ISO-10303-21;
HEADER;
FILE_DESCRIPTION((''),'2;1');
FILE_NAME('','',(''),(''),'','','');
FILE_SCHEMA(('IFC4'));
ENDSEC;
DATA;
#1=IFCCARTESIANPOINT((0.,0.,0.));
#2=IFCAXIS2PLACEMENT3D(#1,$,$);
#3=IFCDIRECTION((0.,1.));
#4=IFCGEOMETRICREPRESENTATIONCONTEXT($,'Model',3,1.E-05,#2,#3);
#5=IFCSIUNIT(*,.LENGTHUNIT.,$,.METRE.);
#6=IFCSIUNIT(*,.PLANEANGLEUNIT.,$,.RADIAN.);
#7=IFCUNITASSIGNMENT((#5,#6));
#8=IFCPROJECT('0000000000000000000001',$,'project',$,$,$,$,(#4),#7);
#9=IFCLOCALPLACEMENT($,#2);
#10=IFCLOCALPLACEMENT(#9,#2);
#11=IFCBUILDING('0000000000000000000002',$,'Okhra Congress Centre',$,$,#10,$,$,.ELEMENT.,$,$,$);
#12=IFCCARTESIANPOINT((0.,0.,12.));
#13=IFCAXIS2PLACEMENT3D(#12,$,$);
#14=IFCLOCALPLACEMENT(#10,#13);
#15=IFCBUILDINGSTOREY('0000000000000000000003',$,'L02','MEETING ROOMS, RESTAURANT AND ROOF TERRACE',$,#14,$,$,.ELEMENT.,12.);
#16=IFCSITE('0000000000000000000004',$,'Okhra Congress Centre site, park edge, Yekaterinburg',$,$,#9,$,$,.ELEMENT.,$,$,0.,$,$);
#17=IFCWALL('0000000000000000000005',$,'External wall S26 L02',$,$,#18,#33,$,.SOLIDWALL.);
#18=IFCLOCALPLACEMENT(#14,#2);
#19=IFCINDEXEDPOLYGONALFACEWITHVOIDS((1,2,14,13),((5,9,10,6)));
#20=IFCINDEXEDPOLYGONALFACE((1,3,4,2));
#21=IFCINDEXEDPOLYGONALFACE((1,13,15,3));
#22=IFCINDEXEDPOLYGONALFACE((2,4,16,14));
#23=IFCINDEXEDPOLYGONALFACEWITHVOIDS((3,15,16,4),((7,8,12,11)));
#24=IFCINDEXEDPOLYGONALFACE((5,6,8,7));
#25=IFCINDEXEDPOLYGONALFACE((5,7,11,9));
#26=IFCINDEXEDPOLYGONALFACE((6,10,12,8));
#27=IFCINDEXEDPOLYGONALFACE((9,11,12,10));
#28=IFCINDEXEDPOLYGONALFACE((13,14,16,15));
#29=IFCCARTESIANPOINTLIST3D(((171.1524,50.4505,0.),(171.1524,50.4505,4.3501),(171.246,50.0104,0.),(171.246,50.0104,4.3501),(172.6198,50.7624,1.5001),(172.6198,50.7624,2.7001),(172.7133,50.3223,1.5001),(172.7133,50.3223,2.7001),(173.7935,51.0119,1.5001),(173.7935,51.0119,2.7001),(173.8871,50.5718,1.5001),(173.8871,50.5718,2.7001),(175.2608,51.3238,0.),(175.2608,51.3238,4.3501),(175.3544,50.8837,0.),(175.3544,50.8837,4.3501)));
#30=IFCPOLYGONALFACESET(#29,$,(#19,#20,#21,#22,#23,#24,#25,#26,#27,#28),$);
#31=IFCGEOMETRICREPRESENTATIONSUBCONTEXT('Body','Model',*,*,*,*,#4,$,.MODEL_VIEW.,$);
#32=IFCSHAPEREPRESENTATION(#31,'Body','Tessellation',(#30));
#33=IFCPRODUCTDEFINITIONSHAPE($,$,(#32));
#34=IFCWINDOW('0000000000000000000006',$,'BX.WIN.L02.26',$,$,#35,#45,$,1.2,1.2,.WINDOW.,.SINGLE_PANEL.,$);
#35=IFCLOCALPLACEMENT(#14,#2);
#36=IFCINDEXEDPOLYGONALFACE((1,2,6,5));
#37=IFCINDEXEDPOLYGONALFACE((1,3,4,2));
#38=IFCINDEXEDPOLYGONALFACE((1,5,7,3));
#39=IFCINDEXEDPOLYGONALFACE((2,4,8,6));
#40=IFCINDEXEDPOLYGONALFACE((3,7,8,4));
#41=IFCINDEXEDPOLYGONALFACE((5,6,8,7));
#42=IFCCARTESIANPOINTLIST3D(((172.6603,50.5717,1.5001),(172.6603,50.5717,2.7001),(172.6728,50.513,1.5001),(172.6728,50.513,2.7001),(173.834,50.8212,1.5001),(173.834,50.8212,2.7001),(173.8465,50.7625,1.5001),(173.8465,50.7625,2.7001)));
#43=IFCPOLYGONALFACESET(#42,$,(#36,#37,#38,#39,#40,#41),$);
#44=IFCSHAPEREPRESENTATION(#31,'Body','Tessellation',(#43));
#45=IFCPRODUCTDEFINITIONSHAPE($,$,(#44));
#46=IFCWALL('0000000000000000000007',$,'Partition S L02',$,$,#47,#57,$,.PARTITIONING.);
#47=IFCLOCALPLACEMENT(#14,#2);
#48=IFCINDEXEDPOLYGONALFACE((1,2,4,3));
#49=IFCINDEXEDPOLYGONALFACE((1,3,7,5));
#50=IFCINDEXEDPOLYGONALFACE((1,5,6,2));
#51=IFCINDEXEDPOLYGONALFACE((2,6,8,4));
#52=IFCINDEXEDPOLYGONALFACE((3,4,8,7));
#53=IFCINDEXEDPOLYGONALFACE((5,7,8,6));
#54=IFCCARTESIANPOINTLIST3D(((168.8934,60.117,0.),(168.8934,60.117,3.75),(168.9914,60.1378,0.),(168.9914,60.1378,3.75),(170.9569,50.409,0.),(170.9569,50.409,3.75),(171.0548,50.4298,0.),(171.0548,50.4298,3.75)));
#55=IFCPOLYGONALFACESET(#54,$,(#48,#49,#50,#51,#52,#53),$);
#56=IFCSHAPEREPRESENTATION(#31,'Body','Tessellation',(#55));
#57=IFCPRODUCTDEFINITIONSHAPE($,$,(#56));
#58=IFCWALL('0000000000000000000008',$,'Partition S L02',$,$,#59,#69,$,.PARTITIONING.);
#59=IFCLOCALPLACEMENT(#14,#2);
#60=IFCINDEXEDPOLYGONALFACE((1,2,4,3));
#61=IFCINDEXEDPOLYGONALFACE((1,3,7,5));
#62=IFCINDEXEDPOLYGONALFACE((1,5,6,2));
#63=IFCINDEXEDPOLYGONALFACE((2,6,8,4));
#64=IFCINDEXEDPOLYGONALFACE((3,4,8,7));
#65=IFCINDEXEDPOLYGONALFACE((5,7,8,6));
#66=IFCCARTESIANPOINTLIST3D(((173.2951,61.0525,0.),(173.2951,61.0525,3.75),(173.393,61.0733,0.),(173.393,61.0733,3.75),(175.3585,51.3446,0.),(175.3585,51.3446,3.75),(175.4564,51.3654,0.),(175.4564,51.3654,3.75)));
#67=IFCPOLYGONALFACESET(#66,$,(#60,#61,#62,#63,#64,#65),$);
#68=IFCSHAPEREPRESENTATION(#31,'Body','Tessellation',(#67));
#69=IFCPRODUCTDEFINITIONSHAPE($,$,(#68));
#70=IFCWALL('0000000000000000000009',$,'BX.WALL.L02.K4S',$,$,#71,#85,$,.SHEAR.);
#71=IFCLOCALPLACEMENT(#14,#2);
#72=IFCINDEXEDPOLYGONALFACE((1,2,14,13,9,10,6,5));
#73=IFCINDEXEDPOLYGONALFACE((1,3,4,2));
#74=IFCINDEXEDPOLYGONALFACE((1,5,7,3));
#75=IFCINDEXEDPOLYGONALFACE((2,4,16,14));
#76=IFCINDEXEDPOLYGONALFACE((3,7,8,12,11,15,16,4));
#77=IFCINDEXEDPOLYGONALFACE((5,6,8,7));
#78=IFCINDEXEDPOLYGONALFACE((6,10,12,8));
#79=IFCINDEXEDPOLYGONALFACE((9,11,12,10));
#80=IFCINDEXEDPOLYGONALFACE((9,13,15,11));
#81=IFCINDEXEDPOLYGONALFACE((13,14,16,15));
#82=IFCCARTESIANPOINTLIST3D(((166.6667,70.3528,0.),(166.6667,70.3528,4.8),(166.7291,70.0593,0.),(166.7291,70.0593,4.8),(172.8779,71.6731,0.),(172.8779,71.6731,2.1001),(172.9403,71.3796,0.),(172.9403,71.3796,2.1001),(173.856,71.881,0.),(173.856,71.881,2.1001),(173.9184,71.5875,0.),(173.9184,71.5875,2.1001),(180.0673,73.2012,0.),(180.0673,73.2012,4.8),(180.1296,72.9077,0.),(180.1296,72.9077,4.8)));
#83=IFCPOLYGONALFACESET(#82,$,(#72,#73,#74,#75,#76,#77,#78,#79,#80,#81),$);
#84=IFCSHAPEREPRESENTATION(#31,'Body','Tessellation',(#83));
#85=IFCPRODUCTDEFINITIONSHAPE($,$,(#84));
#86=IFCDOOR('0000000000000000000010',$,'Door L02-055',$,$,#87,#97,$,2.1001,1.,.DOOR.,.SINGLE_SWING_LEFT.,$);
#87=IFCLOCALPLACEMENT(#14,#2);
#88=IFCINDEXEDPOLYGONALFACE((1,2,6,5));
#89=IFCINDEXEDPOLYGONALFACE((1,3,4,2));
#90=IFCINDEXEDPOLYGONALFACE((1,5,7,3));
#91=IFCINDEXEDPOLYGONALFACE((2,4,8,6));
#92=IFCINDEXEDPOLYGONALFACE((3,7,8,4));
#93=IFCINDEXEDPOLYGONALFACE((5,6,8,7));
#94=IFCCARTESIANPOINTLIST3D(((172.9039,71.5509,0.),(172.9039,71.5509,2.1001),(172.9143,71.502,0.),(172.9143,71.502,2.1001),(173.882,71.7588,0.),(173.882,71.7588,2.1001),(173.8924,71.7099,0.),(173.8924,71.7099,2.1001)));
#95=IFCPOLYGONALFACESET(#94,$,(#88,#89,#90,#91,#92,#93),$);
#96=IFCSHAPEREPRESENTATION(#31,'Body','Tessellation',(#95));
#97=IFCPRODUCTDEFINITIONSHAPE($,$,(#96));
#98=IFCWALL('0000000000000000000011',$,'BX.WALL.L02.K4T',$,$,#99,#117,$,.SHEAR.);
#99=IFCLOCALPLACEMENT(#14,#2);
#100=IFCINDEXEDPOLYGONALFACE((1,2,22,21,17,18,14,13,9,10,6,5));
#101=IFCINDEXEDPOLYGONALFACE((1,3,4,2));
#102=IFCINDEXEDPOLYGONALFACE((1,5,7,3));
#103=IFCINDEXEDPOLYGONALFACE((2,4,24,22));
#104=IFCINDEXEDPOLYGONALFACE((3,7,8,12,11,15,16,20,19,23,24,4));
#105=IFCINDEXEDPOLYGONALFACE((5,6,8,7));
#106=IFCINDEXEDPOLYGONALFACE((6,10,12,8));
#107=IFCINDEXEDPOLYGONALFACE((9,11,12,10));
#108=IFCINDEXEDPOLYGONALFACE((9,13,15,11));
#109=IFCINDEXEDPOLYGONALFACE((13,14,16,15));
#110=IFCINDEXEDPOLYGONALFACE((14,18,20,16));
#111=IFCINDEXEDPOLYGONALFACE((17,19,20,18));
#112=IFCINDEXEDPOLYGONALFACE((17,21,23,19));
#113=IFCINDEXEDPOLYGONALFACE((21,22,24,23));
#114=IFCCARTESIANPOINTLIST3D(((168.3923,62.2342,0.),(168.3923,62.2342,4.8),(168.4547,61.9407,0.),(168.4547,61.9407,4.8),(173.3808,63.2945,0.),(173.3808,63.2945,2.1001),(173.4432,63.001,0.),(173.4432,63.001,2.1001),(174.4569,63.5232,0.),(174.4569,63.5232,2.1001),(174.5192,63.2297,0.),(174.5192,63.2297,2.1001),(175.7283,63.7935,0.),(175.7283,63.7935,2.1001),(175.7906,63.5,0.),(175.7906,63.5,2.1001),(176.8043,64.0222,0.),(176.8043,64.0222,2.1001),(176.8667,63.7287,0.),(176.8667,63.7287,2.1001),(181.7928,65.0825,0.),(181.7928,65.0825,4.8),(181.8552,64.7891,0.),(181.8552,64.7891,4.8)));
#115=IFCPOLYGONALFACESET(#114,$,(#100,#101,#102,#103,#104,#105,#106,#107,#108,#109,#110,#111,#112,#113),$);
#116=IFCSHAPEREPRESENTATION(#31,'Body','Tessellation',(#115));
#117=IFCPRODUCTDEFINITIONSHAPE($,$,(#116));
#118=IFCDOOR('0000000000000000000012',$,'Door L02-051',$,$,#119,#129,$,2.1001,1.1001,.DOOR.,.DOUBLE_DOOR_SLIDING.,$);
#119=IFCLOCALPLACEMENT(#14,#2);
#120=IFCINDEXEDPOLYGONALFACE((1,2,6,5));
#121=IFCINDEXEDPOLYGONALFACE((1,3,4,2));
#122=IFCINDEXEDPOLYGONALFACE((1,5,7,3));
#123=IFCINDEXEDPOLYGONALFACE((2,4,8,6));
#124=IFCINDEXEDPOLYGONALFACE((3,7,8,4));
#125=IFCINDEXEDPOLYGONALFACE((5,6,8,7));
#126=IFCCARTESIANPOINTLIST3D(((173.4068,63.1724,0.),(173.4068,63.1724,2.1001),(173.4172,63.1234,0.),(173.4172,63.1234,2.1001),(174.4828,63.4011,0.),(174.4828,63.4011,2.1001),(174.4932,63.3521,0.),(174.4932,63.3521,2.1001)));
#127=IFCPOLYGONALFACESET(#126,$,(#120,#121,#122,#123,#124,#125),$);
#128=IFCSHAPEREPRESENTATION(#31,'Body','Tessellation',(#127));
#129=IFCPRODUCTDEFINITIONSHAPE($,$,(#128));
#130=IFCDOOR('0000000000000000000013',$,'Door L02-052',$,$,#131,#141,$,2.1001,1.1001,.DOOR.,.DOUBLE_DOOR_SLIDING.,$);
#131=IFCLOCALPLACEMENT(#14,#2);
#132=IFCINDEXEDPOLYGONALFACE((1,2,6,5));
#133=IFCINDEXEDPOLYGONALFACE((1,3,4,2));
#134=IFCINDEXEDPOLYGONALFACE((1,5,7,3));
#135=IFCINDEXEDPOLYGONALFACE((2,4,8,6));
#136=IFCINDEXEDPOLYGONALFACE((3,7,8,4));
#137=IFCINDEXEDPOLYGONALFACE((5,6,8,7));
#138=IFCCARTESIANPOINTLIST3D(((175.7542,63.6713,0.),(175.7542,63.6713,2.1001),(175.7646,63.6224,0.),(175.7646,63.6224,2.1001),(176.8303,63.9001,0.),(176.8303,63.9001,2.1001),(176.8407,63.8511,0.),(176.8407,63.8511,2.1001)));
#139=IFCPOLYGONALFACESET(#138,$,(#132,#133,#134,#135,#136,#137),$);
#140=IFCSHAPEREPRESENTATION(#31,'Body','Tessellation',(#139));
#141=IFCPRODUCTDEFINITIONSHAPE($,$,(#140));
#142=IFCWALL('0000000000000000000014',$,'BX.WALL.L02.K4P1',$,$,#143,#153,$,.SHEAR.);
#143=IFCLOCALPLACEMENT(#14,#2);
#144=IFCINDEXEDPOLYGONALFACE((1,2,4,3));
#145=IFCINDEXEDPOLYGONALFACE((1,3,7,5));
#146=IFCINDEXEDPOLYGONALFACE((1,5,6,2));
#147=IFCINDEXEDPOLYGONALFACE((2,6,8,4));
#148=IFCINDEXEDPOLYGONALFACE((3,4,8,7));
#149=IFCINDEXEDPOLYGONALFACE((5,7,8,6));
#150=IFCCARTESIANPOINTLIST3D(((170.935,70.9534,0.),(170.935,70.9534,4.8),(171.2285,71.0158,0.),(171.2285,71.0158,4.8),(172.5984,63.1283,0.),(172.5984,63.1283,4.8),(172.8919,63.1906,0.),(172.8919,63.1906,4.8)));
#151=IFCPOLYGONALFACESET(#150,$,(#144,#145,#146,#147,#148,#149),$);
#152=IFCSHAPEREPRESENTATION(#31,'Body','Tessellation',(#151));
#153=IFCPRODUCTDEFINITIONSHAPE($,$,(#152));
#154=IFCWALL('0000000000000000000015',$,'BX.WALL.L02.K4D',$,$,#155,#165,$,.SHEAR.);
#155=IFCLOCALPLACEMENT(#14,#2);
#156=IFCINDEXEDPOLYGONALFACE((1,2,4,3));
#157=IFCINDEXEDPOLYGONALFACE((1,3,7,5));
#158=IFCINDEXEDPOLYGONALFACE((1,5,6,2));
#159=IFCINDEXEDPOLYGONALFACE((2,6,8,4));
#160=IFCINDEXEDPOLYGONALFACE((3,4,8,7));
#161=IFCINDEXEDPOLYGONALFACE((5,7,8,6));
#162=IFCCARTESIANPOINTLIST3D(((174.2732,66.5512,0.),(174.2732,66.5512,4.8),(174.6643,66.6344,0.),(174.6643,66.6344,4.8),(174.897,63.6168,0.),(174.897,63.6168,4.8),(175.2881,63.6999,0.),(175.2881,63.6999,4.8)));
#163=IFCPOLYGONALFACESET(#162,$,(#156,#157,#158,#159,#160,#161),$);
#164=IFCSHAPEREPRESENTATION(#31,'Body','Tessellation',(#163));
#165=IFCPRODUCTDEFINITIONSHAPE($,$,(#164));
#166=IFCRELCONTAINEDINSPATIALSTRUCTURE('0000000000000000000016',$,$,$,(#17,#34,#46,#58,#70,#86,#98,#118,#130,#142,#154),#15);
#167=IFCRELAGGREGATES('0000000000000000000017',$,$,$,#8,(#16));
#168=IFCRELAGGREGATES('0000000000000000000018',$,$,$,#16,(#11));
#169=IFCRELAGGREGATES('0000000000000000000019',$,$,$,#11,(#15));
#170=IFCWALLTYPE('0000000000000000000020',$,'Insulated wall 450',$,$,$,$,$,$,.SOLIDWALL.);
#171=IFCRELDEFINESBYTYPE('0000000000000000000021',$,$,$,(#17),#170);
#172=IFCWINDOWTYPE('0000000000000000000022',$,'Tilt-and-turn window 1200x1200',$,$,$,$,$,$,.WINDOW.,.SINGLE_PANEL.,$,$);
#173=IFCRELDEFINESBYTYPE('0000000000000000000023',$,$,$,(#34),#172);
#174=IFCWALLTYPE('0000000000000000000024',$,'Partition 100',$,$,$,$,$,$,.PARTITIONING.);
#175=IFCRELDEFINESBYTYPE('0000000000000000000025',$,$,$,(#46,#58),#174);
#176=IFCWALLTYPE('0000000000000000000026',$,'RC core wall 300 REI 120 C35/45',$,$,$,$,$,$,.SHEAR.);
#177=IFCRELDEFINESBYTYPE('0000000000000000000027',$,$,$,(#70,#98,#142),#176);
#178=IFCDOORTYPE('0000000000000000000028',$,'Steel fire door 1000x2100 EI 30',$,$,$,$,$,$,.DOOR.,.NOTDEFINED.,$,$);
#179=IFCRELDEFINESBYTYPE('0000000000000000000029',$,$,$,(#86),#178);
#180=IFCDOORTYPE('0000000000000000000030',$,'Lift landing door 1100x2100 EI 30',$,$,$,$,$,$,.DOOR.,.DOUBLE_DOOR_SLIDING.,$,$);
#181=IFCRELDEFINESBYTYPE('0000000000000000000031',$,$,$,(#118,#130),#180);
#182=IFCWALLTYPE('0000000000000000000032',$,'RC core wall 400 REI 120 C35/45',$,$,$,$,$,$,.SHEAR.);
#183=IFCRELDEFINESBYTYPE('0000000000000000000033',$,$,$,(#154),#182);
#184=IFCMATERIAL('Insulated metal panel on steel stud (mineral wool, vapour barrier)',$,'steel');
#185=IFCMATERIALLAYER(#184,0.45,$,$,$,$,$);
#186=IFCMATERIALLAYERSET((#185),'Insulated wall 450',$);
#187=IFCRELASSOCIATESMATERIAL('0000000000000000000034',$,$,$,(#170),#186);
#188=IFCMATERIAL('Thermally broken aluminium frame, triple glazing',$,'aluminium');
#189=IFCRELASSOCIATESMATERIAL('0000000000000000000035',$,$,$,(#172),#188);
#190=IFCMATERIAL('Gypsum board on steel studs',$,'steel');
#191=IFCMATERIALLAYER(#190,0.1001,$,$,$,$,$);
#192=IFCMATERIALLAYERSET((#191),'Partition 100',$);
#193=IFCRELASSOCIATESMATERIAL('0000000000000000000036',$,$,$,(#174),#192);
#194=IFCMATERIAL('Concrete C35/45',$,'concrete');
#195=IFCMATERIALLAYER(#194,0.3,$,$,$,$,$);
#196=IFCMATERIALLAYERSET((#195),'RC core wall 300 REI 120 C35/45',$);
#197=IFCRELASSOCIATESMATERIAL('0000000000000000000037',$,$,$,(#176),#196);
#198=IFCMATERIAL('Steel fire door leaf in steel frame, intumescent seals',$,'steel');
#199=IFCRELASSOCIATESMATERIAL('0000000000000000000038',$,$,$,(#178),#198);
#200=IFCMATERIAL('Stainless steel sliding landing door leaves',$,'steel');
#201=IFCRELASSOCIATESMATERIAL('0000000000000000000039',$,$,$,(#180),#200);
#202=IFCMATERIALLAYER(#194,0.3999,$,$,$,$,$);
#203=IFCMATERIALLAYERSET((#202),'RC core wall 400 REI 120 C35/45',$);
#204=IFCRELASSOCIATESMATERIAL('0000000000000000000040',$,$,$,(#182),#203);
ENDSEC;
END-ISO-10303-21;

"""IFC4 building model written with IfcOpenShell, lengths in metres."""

from ifc_helpers import new_model, si_unit, direction, frame, frame_2d, origin, place, context, subcontext, project, spatial, rectangle, extrude, material, layer, layer_set, type_object, element, fill, save


model = new_model("IFC4")

# Units and contexts
model_context = context("Model", 3, precision=1e-05, world=origin(), true_north=direction((0.0, 1.0)))
body_context = subcontext(model_context, "Body", "Model", "MODEL_VIEW")
ifc_project = project(units=[si_unit("LENGTHUNIT", "METRE"), si_unit("PLANEANGLEUNIT", "RADIAN")], contexts=[model_context])

# Site, building, storey
site_placement = place(None, origin())
site = spatial("IfcSite", under=ifc_project, at=site_placement, Name="Okhra Congress Centre site, park edge, Yekaterinburg", CompositionType="ELEMENT", RefElevation=0.0)
building_placement = place(site_placement, origin())
building = spatial("IfcBuilding", under=site, at=building_placement, Name="Okhra Congress Centre", CompositionType="ELEMENT")
storey_placement = place(building_placement, frame((0.0, 0.0, 12.0)))
storey = spatial("IfcBuildingStorey", under=building, at=storey_placement, Name="L02", Description="MEETING ROOMS, RESTAURANT AND ROOF TERRACE", CompositionType="ELEMENT", Elevation=12.0)

# Wall, opening, window
ifc_material_1 = material(Name="Insulated metal panel on steel stud (mineral wool, vapour barrier)", Category="steel")
ifc_layer_1 = layer(ifc_material_1, 0.45)
ifc_layer_set_1 = layer_set([ifc_layer_1], Name="Insulated wall 450")
wall_type_1 = type_object("IfcWallType", Name="Insulated wall 450", PredefinedType="SOLIDWALL", material=ifc_layer_set_1)
wall_1_placement = place(storey_placement, frame((171.1992, 50.2305, 0.0), z_axis=(0.0, 0.0, 1.0), x_axis=(0.978146, 0.207917, 0.0)))
wall_1 = element("IfcWall", 1, at=wall_1_placement, inside=storey, type_object=wall_type_1, Name="External wall S26 L02", PredefinedType="SOLIDWALL", context=body_context, shape_type="SweptSolid", body=[
    extrude(rectangle(XDim=4.2002, YDim=0.45, at=frame_2d((2.1001, 0.0))), origin(), (0.0, 0.0, 1.0), 4.3501),
])
opening_1_placement = place(wall_1_placement, frame((1.5, 0.0, 1.5)))
opening_1 = element("IfcOpeningElement", 2, at=opening_1_placement, cuts=wall_1, PredefinedType="OPENING", context=body_context, shape_type="SweptSolid", body=[
    extrude(rectangle(XDim=1.2, YDim=1.2, at=frame_2d((0.6001, 0.6001))), frame((0.0, 0.2349, 0.0), z_axis=(0.0, -1.0, 0.0), x_axis=(1.0, 0.0, 0.0)), (0.0, 0.0, 1.0), 0.47),
])
ifc_material_2 = material(Name="Thermally broken aluminium frame, triple glazing", Category="aluminium")
window_type = type_object("IfcWindowType", Name="Tilt-and-turn window 1200x1200", PartitioningType="SINGLE_PANEL", PredefinedType="WINDOW", material=ifc_material_2)
window_placement = place(opening_1_placement, origin())
window = element("IfcWindow", 3, at=window_placement, inside=storey, type_object=window_type, Name="BX.WIN.L02.26", OverallHeight=1.2, OverallWidth=1.2, PartitioningType="SINGLE_PANEL", PredefinedType="WINDOW", context=body_context, shape_type="SweptSolid", body=[
    extrude(rectangle(XDim=1.2, YDim=1.2, at=frame_2d((0.6001, 0.6001))), frame((0.0, 0.03, 0.0), z_axis=(0.0, -1.0, 0.0), x_axis=(1.0, 0.0, 0.0)), (0.0, 0.0, 1.0), 0.0601),
])
fill(opening_1, window)

# Walls
ifc_material_3 = material(Name="Gypsum board on steel studs", Category="steel")
ifc_layer_2 = layer(ifc_material_3, 0.1001)
ifc_layer_set_2 = layer_set([ifc_layer_2], Name="Partition 100")
wall_type_2 = type_object("IfcWallType", Name="Partition 100", PredefinedType="PARTITIONING", material=ifc_layer_set_2)
for number, where, z_axis, x_axis, name in (
    (4, (171.0059, 50.4194, 0.0), (0.0, 0.0, 1.0), (-0.207909, 0.978148, 0.0), "Partition S L02"),
    (5, (175.4075, 51.355, 0.0), (0.0, 0.0, 1.0), (-0.207909, 0.978148, 0.0), "Partition S L02"),
):
    element("IfcWall", number, at=place(storey_placement, frame(where, z_axis=z_axis, x_axis=x_axis)), inside=storey, type_object=wall_type_2, Name=name, PredefinedType="PARTITIONING", context=body_context, shape_type="SweptSolid", body=[
        extrude(rectangle(XDim=9.9248, YDim=0.1001, at=frame_2d((4.9624, 0.0))), origin(), (0.0, 0.0, 1.0), 3.75),
    ])

# Wall, opening, door
ifc_material_4 = material(Name="Concrete C35/45", Category="concrete")
ifc_layer_3 = layer(ifc_material_4, 0.3)
ifc_layer_set_3 = layer_set([ifc_layer_3], Name="RC core wall 300 REI 120 C35/45")
wall_type_3 = type_object("IfcWallType", Name="RC core wall 300 REI 120 C35/45", PredefinedType="SHEAR", material=ifc_layer_set_3)
wall_2_placement = place(storey_placement, frame((166.6978, 70.2061, 0.0), z_axis=(0.0, 0.0, 1.0), x_axis=(0.978148, 0.207911, 0.0)))
wall_2 = element("IfcWall", 6, at=wall_2_placement, inside=storey, type_object=wall_type_3, Name="BX.WALL.L02.K4S", PredefinedType="SHEAR", context=body_context, shape_type="SweptSolid", body=[
    extrude(rectangle(XDim=13.7, YDim=0.3, at=frame_2d((6.8501, 0.0))), origin(), (0.0, 0.0, 1.0), 4.8),
])
opening_2_placement = place(wall_2_placement, frame((6.3501, 0.0, 0.0)))
opening_2 = element("IfcOpeningElement", 7, at=opening_2_placement, cuts=wall_2, PredefinedType="OPENING", context=body_context, shape_type="SweptSolid", body=[
    extrude(rectangle(XDim=1.0, YDim=2.1001, at=frame_2d((0.5, 1.05))), frame((0.0, 0.1599, 0.0), z_axis=(0.0, -1.0, 0.0), x_axis=(1.0, 0.0, 0.0)), (0.0, 0.0, 1.0), 0.3201),
])
ifc_material_5 = material(Name="Steel fire door leaf in steel frame, intumescent seals", Category="steel")
door_type_1 = type_object("IfcDoorType", Name="Steel fire door 1000x2100 EI 30", OperationType="NOTDEFINED", PredefinedType="DOOR", material=ifc_material_5)
door_1_placement = place(opening_2_placement, frame((1.0, 0.0, 0.0), z_axis=(0.0, 0.0, 1.0), x_axis=(-1.0, 0.0, 0.0)))
door_1 = element("IfcDoor", 8, at=door_1_placement, inside=storey, type_object=door_type_1, Name="Door L02-055", OperationType="SINGLE_SWING_LEFT", OverallHeight=2.1001, OverallWidth=1.0, PredefinedType="DOOR", context=body_context, shape_type="SweptSolid", body=[
    extrude(rectangle(XDim=1.0, YDim=2.1001, at=frame_2d((0.5, 1.05))), frame((0.0, 0.0249, 0.0), z_axis=(0.0, -1.0, 0.0), x_axis=(1.0, 0.0, 0.0)), (0.0, 0.0, 1.0), 0.05),
])
fill(opening_2, door_1)

# Wall, openings, doors
wall_3_placement = place(storey_placement, frame((168.4233, 62.0874, 0.0), z_axis=(0.0, 0.0, 1.0), x_axis=(0.978148, 0.207911, 0.0)))
wall_3 = element("IfcWall", 9, at=wall_3_placement, inside=storey, type_object=wall_type_3, Name="BX.WALL.L02.K4T", PredefinedType="SHEAR", context=body_context, shape_type="SweptSolid", body=[
    extrude(rectangle(XDim=13.7, YDim=0.3, at=frame_2d((6.8501, 0.0))), origin(), (0.0, 0.0, 1.0), 4.8),
])
opening_3_placement = place(wall_3_placement, frame((5.1001, 0.0, 0.0)))
opening_3 = element("IfcOpeningElement", 10, at=opening_3_placement, cuts=wall_3, PredefinedType="OPENING", context=body_context, shape_type="SweptSolid", body=[
    extrude(rectangle(XDim=1.1001, YDim=2.1001, at=frame_2d((0.55, 1.05))), frame((0.0, 0.1599, 0.0), z_axis=(0.0, -1.0, 0.0), x_axis=(1.0, 0.0, 0.0)), (0.0, 0.0, 1.0), 0.3201),
])
opening_4_placement = place(wall_3_placement, frame((7.5, 0.0, 0.0)))
opening_4 = element("IfcOpeningElement", 11, at=opening_4_placement, cuts=wall_3, PredefinedType="OPENING", context=body_context, shape_type="SweptSolid", body=[
    extrude(rectangle(XDim=1.1001, YDim=2.1001, at=frame_2d((0.55, 1.05))), frame((0.0, 0.1599, 0.0), z_axis=(0.0, -1.0, 0.0), x_axis=(1.0, 0.0, 0.0)), (0.0, 0.0, 1.0), 0.3201),
])
ifc_material_6 = material(Name="Stainless steel sliding landing door leaves", Category="steel")
door_type_2 = type_object("IfcDoorType", Name="Lift landing door 1100x2100 EI 30", OperationType="DOUBLE_DOOR_SLIDING", PredefinedType="DOOR", material=ifc_material_6)
door_2_placement = place(opening_3_placement, frame((1.1001, 0.0, 0.0), z_axis=(0.0, 0.0, 1.0), x_axis=(-1.0, 0.0, 0.0)))
door_2 = element("IfcDoor", 12, at=door_2_placement, inside=storey, type_object=door_type_2, Name="Door L02-051", OperationType="DOUBLE_DOOR_SLIDING", OverallHeight=2.1001, OverallWidth=1.1001, PredefinedType="DOOR", context=body_context, shape_type="SweptSolid", body=[
    extrude(rectangle(XDim=1.1001, YDim=2.1001, at=frame_2d((0.55, 1.05))), frame((0.0, 0.0249, 0.0), z_axis=(0.0, -1.0, 0.0), x_axis=(1.0, 0.0, 0.0)), (0.0, 0.0, 1.0), 0.05),
])
fill(opening_3, door_2)
door_3_placement = place(opening_4_placement, frame((1.1001, 0.0, 0.0), z_axis=(0.0, 0.0, 1.0), x_axis=(-1.0, 0.0, 0.0)))
door_3 = element("IfcDoor", 13, at=door_3_placement, inside=storey, type_object=door_type_2, Name="Door L02-052", OperationType="DOUBLE_DOOR_SLIDING", OverallHeight=2.1001, OverallWidth=1.1001, PredefinedType="DOOR", context=body_context, shape_type="SweptSolid", body=[
    extrude(rectangle(XDim=1.1001, YDim=2.1001, at=frame_2d((0.55, 1.05))), frame((0.0, 0.0249, 0.0), z_axis=(0.0, -1.0, 0.0), x_axis=(1.0, 0.0, 0.0)), (0.0, 0.0, 1.0), 0.05),
])
fill(opening_4, door_3)

# Walls
wall_4_placement = place(storey_placement, frame((171.0818, 70.9846, 0.0), z_axis=(0.0, 0.0, 1.0), x_axis=(0.207916, -0.978147, 0.0)))
element("IfcWall", 14, at=wall_4_placement, inside=storey, type_object=wall_type_3, Name="BX.WALL.L02.K4P1", PredefinedType="SHEAR", context=body_context, shape_type="SweptSolid", body=[
    extrude(rectangle(XDim=8.0, YDim=0.3, at=frame_2d((4.0, 0.0))), origin(), (0.0, 0.0, 1.0), 4.8),
])
ifc_layer_4 = layer(ifc_material_4, 0.3999)
ifc_layer_set_4 = layer_set([ifc_layer_4], Name="RC core wall 400 REI 120 C35/45")
wall_type_4 = type_object("IfcWallType", Name="RC core wall 400 REI 120 C35/45", PredefinedType="SHEAR", material=ifc_layer_set_4)
wall_5_placement = place(storey_placement, frame((174.4688, 66.5928, 0.0), z_axis=(0.0, 0.0, 1.0), x_axis=(0.207934, -0.978143, 0.0)))
element("IfcWall", 15, at=wall_5_placement, inside=storey, type_object=wall_type_4, Name="BX.WALL.L02.K4D", PredefinedType="SHEAR", context=body_context, shape_type="SweptSolid", body=[
    extrude(rectangle(XDim=3.0, YDim=0.3999, at=frame_2d((1.5, 0.0))), origin(), (0.0, 0.0, 1.0), 4.8),
])

save(model, "model.ifc")
